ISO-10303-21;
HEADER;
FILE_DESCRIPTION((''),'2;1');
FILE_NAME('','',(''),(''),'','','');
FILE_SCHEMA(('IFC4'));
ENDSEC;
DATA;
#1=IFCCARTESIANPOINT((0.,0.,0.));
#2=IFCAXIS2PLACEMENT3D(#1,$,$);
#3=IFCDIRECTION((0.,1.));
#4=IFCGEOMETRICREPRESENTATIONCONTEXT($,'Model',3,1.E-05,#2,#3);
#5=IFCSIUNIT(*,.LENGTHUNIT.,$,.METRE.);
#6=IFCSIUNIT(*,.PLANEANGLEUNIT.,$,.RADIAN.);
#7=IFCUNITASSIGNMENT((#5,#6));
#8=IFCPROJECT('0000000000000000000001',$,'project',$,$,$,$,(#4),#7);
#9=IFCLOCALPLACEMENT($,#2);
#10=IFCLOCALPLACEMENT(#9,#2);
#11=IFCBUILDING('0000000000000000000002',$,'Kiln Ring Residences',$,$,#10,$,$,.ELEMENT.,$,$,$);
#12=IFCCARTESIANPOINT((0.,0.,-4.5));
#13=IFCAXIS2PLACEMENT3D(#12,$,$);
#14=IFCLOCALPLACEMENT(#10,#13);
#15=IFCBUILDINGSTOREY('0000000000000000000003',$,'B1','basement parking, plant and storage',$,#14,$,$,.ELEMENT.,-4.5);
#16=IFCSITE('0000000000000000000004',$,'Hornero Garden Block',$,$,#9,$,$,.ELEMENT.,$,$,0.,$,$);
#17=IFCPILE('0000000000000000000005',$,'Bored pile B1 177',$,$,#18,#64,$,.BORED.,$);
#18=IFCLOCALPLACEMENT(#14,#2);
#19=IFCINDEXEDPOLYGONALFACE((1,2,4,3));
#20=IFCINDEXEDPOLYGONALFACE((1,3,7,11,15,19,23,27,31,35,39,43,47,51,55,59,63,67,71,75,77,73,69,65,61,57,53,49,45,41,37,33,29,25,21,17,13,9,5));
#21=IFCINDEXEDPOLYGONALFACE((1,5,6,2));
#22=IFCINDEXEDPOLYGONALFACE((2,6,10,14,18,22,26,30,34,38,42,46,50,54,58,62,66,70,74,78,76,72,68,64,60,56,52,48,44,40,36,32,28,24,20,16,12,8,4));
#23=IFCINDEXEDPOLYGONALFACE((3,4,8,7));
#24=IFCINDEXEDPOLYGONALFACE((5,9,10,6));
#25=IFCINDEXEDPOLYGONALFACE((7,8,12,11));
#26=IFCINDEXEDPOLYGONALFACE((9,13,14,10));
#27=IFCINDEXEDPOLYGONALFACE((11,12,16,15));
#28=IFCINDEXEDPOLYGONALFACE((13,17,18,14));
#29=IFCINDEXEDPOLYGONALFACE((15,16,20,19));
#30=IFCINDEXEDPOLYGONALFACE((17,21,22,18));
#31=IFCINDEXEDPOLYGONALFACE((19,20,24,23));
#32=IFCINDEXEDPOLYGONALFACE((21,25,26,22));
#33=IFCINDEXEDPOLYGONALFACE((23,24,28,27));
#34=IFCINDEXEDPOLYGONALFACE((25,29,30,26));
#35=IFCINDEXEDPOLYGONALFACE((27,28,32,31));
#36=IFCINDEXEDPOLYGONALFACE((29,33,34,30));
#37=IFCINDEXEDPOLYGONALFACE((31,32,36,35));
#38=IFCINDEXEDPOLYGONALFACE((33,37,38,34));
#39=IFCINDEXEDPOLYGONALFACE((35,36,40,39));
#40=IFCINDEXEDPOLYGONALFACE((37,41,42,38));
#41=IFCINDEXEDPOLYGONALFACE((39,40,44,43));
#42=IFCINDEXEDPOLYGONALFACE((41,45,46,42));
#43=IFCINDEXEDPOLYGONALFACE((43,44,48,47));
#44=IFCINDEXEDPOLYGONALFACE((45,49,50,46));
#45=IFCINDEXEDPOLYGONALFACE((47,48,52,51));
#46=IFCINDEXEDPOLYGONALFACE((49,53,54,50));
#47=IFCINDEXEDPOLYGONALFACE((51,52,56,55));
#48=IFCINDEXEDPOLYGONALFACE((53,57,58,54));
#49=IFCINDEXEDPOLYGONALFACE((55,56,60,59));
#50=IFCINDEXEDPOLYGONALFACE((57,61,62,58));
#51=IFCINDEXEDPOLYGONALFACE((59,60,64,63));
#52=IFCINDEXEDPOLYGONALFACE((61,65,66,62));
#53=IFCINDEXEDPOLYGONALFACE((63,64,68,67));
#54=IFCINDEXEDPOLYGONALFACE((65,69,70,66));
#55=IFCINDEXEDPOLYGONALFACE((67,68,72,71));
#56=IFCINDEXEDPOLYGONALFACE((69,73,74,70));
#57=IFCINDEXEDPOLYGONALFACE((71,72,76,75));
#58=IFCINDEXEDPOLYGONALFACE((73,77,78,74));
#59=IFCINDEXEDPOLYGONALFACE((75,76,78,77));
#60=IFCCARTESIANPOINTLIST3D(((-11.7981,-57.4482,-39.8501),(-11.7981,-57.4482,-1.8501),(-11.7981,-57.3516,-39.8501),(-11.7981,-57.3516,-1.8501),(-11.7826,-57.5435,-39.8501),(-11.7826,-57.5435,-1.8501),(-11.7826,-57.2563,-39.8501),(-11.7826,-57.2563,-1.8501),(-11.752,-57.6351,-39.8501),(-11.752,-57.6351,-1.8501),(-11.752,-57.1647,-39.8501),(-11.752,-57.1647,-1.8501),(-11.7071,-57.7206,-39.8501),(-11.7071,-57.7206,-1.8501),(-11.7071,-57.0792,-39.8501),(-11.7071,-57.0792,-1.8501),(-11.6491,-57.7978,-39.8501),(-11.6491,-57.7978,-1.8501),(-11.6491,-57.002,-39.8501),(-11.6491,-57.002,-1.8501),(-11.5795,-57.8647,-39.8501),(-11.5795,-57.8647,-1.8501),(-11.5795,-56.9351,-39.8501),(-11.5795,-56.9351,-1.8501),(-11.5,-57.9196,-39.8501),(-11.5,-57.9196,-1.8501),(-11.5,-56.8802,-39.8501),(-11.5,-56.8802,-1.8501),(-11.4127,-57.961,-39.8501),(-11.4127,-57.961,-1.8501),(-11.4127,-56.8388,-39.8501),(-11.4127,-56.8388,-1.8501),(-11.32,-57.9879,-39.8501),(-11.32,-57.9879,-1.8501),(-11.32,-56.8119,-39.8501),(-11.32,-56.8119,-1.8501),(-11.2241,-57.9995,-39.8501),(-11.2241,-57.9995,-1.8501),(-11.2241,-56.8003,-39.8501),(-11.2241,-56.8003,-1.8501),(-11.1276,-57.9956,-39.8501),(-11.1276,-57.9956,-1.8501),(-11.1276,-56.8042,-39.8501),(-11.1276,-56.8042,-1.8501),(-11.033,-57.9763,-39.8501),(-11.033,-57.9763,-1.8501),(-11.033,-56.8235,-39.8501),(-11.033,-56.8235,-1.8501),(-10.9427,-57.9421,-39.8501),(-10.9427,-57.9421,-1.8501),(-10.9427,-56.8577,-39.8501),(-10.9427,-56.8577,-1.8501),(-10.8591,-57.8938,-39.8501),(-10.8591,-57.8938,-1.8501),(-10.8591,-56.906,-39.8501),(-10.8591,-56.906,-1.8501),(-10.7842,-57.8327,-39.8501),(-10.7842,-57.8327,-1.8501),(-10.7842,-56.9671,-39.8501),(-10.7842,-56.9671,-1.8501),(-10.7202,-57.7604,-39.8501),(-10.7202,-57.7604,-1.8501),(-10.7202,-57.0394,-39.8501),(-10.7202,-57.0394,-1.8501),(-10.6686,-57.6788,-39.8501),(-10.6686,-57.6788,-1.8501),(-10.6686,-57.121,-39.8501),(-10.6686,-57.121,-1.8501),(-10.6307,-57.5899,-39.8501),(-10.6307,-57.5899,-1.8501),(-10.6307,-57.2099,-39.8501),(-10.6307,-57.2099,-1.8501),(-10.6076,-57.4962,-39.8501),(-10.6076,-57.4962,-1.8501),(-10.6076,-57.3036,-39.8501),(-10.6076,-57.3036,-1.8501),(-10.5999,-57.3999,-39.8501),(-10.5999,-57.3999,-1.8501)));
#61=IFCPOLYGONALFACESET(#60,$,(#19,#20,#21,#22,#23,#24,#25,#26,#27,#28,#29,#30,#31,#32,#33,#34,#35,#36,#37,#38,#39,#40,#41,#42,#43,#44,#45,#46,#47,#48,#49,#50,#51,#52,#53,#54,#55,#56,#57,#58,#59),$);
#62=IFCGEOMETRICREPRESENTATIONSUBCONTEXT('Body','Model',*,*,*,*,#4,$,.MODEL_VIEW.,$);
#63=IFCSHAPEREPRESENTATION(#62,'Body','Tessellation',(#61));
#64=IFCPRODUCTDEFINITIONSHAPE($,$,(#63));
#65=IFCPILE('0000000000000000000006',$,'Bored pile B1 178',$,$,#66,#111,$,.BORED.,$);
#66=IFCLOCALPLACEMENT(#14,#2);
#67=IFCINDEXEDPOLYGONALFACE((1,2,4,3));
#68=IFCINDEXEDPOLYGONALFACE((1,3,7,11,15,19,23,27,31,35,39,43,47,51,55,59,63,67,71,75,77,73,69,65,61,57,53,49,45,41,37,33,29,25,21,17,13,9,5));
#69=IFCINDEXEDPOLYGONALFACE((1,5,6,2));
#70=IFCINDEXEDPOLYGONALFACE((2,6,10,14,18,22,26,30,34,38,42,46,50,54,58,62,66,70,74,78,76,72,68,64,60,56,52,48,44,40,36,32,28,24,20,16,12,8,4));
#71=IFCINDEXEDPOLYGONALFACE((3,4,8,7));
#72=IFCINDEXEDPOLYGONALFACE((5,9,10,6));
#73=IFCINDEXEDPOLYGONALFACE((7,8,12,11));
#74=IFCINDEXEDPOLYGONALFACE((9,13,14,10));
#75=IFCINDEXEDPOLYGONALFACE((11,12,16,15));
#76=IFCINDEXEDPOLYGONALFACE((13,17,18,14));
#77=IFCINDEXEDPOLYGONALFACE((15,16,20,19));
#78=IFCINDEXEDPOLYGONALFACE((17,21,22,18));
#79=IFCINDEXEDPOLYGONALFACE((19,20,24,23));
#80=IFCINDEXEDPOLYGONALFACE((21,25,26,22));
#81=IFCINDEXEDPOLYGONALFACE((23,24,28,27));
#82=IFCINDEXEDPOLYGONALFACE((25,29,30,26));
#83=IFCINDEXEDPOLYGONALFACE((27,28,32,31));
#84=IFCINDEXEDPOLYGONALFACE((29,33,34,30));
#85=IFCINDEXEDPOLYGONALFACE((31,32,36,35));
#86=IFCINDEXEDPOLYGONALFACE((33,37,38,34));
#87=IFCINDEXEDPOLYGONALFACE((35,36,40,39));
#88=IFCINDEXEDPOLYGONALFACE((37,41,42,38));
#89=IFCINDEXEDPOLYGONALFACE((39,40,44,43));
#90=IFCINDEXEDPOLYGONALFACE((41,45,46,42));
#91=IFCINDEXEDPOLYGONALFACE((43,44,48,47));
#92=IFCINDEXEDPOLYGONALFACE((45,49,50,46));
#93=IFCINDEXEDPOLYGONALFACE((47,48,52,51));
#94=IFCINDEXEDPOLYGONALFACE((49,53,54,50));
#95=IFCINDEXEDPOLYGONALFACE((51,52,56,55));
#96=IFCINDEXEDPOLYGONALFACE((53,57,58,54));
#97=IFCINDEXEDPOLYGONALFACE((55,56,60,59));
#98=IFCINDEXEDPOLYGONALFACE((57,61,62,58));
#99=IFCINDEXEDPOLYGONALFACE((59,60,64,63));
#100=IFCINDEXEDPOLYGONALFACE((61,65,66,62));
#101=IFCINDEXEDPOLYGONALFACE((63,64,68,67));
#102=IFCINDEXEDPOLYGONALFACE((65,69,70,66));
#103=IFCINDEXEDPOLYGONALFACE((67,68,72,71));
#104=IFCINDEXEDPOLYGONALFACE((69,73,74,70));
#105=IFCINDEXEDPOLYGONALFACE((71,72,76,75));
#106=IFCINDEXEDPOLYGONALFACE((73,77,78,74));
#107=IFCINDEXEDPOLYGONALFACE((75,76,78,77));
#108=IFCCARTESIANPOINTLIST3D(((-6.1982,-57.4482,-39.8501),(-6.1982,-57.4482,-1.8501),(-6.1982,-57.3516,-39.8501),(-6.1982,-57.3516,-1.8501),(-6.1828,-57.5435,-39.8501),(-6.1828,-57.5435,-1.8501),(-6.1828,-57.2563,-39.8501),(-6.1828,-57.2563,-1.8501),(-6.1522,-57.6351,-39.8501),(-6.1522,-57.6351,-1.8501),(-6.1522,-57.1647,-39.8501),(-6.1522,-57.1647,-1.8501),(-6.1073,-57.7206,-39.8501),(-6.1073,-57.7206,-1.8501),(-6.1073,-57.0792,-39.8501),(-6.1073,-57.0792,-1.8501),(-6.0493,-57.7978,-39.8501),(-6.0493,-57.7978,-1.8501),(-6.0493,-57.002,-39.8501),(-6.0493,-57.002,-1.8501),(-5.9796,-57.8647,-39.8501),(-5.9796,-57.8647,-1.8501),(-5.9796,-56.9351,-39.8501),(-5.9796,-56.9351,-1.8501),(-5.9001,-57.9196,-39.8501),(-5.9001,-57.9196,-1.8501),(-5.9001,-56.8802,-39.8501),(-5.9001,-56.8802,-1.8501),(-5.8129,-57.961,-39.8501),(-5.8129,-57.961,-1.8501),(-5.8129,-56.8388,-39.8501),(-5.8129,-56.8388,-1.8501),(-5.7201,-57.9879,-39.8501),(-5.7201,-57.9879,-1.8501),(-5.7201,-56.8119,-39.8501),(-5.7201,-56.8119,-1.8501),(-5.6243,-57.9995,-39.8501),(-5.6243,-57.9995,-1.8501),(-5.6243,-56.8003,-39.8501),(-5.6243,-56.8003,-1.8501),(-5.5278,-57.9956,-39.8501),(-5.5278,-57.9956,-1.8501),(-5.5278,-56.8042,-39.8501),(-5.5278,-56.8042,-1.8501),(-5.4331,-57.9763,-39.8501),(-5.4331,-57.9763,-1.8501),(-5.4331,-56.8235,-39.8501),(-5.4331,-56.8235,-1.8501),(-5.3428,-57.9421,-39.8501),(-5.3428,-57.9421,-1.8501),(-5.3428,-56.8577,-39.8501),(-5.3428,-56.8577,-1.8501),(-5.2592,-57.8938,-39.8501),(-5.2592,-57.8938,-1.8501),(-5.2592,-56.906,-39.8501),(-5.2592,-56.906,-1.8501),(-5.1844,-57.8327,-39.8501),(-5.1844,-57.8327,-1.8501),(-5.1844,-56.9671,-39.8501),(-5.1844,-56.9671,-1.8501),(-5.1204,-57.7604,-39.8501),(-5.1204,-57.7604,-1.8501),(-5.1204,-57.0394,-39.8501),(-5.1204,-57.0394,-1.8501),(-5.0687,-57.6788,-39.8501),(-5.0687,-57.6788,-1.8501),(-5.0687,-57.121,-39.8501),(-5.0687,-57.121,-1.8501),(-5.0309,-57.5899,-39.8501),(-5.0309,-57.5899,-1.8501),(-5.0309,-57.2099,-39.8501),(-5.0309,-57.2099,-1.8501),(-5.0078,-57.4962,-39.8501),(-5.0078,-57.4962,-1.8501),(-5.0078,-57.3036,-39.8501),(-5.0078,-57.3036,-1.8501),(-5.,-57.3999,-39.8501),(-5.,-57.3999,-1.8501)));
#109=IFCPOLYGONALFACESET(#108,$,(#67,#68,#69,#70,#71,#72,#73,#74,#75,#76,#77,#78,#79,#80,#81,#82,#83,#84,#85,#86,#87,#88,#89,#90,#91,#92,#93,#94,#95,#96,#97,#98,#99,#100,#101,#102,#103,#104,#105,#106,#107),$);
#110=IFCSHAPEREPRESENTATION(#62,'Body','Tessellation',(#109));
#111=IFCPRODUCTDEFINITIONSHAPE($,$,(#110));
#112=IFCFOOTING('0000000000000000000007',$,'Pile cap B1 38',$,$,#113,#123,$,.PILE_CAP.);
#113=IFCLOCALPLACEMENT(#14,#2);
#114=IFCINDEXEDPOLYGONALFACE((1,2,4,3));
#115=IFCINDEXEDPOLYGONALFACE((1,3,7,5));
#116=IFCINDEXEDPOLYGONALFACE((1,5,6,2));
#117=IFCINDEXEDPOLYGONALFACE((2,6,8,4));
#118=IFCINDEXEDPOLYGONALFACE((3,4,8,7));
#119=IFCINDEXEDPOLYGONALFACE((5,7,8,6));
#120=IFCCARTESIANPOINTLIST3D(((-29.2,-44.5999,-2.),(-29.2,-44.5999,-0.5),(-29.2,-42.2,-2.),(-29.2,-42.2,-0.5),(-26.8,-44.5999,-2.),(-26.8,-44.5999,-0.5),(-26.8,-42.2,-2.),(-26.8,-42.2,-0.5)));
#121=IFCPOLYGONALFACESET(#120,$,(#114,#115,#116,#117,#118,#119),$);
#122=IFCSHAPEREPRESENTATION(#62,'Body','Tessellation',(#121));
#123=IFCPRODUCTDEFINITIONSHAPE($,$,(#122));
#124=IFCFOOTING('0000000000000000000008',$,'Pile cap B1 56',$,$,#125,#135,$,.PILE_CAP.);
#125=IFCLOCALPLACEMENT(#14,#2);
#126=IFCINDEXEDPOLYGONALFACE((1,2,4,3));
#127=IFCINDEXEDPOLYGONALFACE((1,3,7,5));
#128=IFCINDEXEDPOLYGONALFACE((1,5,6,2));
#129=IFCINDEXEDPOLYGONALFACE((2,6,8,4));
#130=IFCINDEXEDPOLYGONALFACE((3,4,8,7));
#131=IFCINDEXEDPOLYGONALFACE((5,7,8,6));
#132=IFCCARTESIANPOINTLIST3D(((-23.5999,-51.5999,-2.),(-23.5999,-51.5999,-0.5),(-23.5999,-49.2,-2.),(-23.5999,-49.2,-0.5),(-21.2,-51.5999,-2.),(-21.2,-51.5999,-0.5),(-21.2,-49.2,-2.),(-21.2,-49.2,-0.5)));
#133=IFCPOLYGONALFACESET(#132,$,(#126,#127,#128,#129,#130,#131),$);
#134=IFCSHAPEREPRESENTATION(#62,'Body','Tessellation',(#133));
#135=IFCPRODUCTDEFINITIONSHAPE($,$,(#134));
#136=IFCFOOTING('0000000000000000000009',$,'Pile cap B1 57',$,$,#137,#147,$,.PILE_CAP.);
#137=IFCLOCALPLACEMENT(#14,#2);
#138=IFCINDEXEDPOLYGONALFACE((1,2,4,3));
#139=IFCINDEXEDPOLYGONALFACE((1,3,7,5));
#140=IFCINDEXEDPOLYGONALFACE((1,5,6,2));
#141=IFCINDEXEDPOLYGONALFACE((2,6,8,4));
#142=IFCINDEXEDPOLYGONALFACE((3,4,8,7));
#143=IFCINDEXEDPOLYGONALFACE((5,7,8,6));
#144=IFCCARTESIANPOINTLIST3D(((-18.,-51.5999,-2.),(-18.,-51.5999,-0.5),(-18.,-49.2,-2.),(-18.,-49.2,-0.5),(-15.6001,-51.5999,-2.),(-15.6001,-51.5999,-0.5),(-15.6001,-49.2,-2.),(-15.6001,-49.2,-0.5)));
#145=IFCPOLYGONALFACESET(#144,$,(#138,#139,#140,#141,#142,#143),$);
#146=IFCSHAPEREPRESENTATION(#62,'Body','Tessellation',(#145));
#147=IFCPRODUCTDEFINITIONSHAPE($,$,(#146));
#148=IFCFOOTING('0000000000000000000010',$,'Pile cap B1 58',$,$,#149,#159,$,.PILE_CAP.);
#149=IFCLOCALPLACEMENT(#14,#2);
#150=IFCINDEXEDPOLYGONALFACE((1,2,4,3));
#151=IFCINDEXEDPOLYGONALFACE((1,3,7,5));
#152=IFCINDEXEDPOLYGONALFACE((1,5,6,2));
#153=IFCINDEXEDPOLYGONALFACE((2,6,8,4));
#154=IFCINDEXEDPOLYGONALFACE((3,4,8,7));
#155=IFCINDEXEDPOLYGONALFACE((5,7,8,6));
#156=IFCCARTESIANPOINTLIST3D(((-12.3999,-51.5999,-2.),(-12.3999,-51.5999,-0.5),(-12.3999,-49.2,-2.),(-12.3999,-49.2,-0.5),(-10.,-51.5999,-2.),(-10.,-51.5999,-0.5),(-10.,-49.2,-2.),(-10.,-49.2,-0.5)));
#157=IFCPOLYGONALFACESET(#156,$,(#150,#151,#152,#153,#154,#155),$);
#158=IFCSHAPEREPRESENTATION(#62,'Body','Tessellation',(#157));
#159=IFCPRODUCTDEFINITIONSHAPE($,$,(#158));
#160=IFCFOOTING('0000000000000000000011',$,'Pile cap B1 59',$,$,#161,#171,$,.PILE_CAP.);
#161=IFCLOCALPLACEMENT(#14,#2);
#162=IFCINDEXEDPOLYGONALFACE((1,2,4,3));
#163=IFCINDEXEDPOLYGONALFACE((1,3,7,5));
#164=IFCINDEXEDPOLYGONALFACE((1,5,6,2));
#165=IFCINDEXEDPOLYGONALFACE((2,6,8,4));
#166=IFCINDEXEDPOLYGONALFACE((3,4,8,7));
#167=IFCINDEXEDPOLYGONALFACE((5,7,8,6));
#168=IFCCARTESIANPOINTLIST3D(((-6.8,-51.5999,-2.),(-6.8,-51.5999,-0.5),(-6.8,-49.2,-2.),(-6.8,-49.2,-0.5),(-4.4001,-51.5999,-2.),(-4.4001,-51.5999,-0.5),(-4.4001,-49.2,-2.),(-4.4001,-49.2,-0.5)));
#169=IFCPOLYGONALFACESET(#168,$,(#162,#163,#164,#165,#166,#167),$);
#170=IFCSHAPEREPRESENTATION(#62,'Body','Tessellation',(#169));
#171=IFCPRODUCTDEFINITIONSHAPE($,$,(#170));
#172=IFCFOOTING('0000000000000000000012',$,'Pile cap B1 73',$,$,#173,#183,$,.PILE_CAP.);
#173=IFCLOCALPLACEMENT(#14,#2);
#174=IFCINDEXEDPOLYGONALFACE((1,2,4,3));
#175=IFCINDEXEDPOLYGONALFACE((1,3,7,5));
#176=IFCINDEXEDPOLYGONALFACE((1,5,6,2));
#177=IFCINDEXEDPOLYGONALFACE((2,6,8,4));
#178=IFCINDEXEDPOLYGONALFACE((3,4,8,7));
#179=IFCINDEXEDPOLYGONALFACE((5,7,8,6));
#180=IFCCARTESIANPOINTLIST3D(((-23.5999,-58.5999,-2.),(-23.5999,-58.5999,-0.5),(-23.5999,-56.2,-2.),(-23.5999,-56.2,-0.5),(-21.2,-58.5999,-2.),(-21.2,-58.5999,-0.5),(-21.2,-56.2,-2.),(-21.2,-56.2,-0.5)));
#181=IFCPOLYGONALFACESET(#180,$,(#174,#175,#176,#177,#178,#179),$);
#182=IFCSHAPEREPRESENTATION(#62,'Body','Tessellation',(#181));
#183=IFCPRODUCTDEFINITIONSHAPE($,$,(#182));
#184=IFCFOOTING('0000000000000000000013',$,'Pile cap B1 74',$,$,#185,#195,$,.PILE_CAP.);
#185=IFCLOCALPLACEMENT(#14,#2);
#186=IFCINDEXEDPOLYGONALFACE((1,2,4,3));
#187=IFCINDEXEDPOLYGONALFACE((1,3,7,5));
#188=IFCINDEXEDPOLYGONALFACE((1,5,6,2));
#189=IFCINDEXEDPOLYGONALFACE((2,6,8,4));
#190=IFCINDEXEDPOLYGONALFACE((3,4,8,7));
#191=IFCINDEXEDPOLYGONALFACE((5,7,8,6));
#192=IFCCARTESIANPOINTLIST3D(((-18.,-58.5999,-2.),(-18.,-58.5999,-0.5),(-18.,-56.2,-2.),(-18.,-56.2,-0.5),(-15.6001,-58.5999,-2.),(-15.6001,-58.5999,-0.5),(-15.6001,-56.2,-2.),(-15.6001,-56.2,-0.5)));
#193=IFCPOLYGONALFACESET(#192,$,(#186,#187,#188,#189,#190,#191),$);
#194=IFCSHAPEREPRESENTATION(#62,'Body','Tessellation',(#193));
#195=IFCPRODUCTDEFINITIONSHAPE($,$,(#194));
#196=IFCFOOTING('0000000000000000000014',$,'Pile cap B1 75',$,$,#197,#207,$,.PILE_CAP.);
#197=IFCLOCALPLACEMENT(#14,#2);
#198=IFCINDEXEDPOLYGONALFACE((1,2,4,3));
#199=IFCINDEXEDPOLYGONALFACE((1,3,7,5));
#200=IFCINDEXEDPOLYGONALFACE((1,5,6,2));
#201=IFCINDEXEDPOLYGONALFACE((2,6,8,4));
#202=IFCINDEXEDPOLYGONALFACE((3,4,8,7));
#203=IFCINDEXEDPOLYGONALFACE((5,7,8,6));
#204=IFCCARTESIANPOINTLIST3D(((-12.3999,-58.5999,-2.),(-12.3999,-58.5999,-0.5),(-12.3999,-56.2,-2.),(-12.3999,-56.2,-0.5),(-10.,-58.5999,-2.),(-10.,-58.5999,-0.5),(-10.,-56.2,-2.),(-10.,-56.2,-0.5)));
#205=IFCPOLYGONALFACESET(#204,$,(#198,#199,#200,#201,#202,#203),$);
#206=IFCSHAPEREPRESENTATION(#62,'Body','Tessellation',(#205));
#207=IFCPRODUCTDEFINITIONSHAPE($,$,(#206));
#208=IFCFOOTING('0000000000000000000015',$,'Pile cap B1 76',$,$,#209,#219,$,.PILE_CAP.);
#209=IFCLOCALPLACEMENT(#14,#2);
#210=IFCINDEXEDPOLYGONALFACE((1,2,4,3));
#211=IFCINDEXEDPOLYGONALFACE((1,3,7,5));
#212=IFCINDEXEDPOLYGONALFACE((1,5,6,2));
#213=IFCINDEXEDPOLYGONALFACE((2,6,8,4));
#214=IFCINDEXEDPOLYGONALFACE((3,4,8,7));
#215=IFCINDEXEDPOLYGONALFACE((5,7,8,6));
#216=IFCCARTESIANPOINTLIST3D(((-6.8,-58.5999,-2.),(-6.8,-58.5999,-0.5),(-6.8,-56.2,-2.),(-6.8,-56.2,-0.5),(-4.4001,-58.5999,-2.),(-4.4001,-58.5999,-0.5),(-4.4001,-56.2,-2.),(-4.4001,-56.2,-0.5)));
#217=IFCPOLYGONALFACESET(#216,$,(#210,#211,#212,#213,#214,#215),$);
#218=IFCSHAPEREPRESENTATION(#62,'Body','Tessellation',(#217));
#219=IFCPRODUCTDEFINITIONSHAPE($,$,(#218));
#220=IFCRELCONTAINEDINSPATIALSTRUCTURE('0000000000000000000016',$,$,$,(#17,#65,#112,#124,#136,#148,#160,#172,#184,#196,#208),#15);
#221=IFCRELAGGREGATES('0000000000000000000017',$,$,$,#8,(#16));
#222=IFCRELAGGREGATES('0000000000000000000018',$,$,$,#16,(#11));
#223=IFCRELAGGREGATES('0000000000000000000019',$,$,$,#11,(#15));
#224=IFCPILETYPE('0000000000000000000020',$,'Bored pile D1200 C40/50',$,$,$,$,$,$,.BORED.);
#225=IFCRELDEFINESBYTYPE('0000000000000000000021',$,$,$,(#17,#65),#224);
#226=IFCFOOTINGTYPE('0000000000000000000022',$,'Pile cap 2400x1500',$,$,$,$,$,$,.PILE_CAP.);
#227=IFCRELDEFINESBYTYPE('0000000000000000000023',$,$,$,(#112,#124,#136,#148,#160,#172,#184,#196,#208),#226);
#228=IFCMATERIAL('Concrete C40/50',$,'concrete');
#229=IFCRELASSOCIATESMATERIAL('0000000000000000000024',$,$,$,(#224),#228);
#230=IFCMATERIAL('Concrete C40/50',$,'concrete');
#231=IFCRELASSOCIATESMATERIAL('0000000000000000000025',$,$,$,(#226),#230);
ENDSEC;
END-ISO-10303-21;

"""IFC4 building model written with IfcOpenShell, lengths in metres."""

from ifc_helpers import new_model, si_unit, direction, frame, origin, origin_2d, place, context, subcontext, project, spatial, rectangle, circle, extrude, material, material_profile, profile_set, type_object, element, save


model = new_model("IFC4")

# Units and contexts
model_context = context("Model", 3, precision=1e-05, world=origin(), true_north=direction((0.0, 1.0)))
body_context = subcontext(model_context, "Body", "Model", "MODEL_VIEW")
ifc_project = project(units=[si_unit("LENGTHUNIT", "METRE"), si_unit("PLANEANGLEUNIT", "RADIAN")], contexts=[model_context])

# Site, building, storey
site_placement = place(None, origin())
site = spatial("IfcSite", under=ifc_project, at=site_placement, Name="Hornero Garden Block", CompositionType="ELEMENT", RefElevation=0.0)
building_placement = place(site_placement, origin())
building = spatial("IfcBuilding", under=site, at=building_placement, Name="Kiln Ring Residences", CompositionType="ELEMENT")
storey_placement = place(building_placement, frame((0.0, 0.0, -4.5)))
storey = spatial("IfcBuildingStorey", under=building, at=storey_placement, Name="B1", Description="basement parking, plant and storage", CompositionType="ELEMENT", Elevation=-4.5)

# Piles
ifc_material_1 = material(Name="Concrete C40/50", Category="concrete")
ifc_material_profile_1 = material_profile(ifc_material_1, circle(Radius=0.6001, at=origin_2d()), Name="BORED1200")
ifc_profile_set_1 = profile_set([ifc_material_profile_1], Name="Concrete C40/50")
pile_type = type_object("IfcPileType", Name="Bored pile D1200 C40/50", PredefinedType="BORED", material=ifc_profile_set_1)
for number, where, z_axis, x_axis, name in (
    (1, (-11.2, -57.3999, -1.8501), (0.0, 0.0, -1.0), (1.0, 0.0, 0.0), "Bored pile B1 177"),
    (2, (-5.6001, -57.3999, -1.8501), (0.0, 0.0, -1.0), (1.0, 0.0, 0.0), "Bored pile B1 178"),
):
    element("IfcPile", number, at=place(storey_placement, frame(where, z_axis=z_axis, x_axis=x_axis)), inside=storey, type_object=pile_type, Name=name, PredefinedType="BORED", context=body_context, shape_type="SweptSolid", body=[
        extrude(circle(Radius=0.6001, at=origin_2d()), origin(), (0.0, 0.0, 1.0), 38.0),
    ])

# Footings
ifc_material_2 = material(Name="Concrete C40/50", Category="concrete")
footing_type = type_object("IfcFootingType", Name="Pile cap 2400x1500", PredefinedType="PILE_CAP", material=ifc_material_2)
for number, where, z_axis, x_axis, name in (
    (3, (-28.0, -43.3999, -2.0), (0.0, 0.0, 1.0), (1.0, 0.0, 0.0), "Pile cap B1 38"),
    (4, (-22.3999, -50.3999, -2.0), (0.0, 0.0, 1.0), (1.0, 0.0, 0.0), "Pile cap B1 56"),
    (5, (-16.8, -50.3999, -2.0), (0.0, 0.0, 1.0), (1.0, 0.0, 0.0), "Pile cap B1 57"),
    (6, (-11.2, -50.3999, -2.0), (0.0, 0.0, 1.0), (1.0, 0.0, 0.0), "Pile cap B1 58"),
    (7, (-5.6001, -50.3999, -2.0), (0.0, 0.0, 1.0), (1.0, 0.0, 0.0), "Pile cap B1 59"),
    (8, (-22.3999, -57.3999, -2.0), (0.0, 0.0, 1.0), (1.0, 0.0, 0.0), "Pile cap B1 73"),
    (9, (-16.8, -57.3999, -2.0), (0.0, 0.0, 1.0), (1.0, 0.0, 0.0), "Pile cap B1 74"),
    (10, (-11.2, -57.3999, -2.0), (0.0, 0.0, 1.0), (1.0, 0.0, 0.0), "Pile cap B1 75"),
    (11, (-5.6001, -57.3999, -2.0), (0.0, 0.0, 1.0), (1.0, 0.0, 0.0), "Pile cap B1 76"),
):
    element("IfcFooting", number, at=place(storey_placement, frame(where, z_axis=z_axis, x_axis=x_axis)), inside=storey, type_object=footing_type, Name=name, PredefinedType="PILE_CAP", context=body_context, shape_type="SweptSolid", body=[
        extrude(rectangle(XDim=2.3999, YDim=2.3999, at=origin_2d()), origin(), (0.0, 0.0, 1.0), 1.5),
    ])

save(model, "model.ifc")
